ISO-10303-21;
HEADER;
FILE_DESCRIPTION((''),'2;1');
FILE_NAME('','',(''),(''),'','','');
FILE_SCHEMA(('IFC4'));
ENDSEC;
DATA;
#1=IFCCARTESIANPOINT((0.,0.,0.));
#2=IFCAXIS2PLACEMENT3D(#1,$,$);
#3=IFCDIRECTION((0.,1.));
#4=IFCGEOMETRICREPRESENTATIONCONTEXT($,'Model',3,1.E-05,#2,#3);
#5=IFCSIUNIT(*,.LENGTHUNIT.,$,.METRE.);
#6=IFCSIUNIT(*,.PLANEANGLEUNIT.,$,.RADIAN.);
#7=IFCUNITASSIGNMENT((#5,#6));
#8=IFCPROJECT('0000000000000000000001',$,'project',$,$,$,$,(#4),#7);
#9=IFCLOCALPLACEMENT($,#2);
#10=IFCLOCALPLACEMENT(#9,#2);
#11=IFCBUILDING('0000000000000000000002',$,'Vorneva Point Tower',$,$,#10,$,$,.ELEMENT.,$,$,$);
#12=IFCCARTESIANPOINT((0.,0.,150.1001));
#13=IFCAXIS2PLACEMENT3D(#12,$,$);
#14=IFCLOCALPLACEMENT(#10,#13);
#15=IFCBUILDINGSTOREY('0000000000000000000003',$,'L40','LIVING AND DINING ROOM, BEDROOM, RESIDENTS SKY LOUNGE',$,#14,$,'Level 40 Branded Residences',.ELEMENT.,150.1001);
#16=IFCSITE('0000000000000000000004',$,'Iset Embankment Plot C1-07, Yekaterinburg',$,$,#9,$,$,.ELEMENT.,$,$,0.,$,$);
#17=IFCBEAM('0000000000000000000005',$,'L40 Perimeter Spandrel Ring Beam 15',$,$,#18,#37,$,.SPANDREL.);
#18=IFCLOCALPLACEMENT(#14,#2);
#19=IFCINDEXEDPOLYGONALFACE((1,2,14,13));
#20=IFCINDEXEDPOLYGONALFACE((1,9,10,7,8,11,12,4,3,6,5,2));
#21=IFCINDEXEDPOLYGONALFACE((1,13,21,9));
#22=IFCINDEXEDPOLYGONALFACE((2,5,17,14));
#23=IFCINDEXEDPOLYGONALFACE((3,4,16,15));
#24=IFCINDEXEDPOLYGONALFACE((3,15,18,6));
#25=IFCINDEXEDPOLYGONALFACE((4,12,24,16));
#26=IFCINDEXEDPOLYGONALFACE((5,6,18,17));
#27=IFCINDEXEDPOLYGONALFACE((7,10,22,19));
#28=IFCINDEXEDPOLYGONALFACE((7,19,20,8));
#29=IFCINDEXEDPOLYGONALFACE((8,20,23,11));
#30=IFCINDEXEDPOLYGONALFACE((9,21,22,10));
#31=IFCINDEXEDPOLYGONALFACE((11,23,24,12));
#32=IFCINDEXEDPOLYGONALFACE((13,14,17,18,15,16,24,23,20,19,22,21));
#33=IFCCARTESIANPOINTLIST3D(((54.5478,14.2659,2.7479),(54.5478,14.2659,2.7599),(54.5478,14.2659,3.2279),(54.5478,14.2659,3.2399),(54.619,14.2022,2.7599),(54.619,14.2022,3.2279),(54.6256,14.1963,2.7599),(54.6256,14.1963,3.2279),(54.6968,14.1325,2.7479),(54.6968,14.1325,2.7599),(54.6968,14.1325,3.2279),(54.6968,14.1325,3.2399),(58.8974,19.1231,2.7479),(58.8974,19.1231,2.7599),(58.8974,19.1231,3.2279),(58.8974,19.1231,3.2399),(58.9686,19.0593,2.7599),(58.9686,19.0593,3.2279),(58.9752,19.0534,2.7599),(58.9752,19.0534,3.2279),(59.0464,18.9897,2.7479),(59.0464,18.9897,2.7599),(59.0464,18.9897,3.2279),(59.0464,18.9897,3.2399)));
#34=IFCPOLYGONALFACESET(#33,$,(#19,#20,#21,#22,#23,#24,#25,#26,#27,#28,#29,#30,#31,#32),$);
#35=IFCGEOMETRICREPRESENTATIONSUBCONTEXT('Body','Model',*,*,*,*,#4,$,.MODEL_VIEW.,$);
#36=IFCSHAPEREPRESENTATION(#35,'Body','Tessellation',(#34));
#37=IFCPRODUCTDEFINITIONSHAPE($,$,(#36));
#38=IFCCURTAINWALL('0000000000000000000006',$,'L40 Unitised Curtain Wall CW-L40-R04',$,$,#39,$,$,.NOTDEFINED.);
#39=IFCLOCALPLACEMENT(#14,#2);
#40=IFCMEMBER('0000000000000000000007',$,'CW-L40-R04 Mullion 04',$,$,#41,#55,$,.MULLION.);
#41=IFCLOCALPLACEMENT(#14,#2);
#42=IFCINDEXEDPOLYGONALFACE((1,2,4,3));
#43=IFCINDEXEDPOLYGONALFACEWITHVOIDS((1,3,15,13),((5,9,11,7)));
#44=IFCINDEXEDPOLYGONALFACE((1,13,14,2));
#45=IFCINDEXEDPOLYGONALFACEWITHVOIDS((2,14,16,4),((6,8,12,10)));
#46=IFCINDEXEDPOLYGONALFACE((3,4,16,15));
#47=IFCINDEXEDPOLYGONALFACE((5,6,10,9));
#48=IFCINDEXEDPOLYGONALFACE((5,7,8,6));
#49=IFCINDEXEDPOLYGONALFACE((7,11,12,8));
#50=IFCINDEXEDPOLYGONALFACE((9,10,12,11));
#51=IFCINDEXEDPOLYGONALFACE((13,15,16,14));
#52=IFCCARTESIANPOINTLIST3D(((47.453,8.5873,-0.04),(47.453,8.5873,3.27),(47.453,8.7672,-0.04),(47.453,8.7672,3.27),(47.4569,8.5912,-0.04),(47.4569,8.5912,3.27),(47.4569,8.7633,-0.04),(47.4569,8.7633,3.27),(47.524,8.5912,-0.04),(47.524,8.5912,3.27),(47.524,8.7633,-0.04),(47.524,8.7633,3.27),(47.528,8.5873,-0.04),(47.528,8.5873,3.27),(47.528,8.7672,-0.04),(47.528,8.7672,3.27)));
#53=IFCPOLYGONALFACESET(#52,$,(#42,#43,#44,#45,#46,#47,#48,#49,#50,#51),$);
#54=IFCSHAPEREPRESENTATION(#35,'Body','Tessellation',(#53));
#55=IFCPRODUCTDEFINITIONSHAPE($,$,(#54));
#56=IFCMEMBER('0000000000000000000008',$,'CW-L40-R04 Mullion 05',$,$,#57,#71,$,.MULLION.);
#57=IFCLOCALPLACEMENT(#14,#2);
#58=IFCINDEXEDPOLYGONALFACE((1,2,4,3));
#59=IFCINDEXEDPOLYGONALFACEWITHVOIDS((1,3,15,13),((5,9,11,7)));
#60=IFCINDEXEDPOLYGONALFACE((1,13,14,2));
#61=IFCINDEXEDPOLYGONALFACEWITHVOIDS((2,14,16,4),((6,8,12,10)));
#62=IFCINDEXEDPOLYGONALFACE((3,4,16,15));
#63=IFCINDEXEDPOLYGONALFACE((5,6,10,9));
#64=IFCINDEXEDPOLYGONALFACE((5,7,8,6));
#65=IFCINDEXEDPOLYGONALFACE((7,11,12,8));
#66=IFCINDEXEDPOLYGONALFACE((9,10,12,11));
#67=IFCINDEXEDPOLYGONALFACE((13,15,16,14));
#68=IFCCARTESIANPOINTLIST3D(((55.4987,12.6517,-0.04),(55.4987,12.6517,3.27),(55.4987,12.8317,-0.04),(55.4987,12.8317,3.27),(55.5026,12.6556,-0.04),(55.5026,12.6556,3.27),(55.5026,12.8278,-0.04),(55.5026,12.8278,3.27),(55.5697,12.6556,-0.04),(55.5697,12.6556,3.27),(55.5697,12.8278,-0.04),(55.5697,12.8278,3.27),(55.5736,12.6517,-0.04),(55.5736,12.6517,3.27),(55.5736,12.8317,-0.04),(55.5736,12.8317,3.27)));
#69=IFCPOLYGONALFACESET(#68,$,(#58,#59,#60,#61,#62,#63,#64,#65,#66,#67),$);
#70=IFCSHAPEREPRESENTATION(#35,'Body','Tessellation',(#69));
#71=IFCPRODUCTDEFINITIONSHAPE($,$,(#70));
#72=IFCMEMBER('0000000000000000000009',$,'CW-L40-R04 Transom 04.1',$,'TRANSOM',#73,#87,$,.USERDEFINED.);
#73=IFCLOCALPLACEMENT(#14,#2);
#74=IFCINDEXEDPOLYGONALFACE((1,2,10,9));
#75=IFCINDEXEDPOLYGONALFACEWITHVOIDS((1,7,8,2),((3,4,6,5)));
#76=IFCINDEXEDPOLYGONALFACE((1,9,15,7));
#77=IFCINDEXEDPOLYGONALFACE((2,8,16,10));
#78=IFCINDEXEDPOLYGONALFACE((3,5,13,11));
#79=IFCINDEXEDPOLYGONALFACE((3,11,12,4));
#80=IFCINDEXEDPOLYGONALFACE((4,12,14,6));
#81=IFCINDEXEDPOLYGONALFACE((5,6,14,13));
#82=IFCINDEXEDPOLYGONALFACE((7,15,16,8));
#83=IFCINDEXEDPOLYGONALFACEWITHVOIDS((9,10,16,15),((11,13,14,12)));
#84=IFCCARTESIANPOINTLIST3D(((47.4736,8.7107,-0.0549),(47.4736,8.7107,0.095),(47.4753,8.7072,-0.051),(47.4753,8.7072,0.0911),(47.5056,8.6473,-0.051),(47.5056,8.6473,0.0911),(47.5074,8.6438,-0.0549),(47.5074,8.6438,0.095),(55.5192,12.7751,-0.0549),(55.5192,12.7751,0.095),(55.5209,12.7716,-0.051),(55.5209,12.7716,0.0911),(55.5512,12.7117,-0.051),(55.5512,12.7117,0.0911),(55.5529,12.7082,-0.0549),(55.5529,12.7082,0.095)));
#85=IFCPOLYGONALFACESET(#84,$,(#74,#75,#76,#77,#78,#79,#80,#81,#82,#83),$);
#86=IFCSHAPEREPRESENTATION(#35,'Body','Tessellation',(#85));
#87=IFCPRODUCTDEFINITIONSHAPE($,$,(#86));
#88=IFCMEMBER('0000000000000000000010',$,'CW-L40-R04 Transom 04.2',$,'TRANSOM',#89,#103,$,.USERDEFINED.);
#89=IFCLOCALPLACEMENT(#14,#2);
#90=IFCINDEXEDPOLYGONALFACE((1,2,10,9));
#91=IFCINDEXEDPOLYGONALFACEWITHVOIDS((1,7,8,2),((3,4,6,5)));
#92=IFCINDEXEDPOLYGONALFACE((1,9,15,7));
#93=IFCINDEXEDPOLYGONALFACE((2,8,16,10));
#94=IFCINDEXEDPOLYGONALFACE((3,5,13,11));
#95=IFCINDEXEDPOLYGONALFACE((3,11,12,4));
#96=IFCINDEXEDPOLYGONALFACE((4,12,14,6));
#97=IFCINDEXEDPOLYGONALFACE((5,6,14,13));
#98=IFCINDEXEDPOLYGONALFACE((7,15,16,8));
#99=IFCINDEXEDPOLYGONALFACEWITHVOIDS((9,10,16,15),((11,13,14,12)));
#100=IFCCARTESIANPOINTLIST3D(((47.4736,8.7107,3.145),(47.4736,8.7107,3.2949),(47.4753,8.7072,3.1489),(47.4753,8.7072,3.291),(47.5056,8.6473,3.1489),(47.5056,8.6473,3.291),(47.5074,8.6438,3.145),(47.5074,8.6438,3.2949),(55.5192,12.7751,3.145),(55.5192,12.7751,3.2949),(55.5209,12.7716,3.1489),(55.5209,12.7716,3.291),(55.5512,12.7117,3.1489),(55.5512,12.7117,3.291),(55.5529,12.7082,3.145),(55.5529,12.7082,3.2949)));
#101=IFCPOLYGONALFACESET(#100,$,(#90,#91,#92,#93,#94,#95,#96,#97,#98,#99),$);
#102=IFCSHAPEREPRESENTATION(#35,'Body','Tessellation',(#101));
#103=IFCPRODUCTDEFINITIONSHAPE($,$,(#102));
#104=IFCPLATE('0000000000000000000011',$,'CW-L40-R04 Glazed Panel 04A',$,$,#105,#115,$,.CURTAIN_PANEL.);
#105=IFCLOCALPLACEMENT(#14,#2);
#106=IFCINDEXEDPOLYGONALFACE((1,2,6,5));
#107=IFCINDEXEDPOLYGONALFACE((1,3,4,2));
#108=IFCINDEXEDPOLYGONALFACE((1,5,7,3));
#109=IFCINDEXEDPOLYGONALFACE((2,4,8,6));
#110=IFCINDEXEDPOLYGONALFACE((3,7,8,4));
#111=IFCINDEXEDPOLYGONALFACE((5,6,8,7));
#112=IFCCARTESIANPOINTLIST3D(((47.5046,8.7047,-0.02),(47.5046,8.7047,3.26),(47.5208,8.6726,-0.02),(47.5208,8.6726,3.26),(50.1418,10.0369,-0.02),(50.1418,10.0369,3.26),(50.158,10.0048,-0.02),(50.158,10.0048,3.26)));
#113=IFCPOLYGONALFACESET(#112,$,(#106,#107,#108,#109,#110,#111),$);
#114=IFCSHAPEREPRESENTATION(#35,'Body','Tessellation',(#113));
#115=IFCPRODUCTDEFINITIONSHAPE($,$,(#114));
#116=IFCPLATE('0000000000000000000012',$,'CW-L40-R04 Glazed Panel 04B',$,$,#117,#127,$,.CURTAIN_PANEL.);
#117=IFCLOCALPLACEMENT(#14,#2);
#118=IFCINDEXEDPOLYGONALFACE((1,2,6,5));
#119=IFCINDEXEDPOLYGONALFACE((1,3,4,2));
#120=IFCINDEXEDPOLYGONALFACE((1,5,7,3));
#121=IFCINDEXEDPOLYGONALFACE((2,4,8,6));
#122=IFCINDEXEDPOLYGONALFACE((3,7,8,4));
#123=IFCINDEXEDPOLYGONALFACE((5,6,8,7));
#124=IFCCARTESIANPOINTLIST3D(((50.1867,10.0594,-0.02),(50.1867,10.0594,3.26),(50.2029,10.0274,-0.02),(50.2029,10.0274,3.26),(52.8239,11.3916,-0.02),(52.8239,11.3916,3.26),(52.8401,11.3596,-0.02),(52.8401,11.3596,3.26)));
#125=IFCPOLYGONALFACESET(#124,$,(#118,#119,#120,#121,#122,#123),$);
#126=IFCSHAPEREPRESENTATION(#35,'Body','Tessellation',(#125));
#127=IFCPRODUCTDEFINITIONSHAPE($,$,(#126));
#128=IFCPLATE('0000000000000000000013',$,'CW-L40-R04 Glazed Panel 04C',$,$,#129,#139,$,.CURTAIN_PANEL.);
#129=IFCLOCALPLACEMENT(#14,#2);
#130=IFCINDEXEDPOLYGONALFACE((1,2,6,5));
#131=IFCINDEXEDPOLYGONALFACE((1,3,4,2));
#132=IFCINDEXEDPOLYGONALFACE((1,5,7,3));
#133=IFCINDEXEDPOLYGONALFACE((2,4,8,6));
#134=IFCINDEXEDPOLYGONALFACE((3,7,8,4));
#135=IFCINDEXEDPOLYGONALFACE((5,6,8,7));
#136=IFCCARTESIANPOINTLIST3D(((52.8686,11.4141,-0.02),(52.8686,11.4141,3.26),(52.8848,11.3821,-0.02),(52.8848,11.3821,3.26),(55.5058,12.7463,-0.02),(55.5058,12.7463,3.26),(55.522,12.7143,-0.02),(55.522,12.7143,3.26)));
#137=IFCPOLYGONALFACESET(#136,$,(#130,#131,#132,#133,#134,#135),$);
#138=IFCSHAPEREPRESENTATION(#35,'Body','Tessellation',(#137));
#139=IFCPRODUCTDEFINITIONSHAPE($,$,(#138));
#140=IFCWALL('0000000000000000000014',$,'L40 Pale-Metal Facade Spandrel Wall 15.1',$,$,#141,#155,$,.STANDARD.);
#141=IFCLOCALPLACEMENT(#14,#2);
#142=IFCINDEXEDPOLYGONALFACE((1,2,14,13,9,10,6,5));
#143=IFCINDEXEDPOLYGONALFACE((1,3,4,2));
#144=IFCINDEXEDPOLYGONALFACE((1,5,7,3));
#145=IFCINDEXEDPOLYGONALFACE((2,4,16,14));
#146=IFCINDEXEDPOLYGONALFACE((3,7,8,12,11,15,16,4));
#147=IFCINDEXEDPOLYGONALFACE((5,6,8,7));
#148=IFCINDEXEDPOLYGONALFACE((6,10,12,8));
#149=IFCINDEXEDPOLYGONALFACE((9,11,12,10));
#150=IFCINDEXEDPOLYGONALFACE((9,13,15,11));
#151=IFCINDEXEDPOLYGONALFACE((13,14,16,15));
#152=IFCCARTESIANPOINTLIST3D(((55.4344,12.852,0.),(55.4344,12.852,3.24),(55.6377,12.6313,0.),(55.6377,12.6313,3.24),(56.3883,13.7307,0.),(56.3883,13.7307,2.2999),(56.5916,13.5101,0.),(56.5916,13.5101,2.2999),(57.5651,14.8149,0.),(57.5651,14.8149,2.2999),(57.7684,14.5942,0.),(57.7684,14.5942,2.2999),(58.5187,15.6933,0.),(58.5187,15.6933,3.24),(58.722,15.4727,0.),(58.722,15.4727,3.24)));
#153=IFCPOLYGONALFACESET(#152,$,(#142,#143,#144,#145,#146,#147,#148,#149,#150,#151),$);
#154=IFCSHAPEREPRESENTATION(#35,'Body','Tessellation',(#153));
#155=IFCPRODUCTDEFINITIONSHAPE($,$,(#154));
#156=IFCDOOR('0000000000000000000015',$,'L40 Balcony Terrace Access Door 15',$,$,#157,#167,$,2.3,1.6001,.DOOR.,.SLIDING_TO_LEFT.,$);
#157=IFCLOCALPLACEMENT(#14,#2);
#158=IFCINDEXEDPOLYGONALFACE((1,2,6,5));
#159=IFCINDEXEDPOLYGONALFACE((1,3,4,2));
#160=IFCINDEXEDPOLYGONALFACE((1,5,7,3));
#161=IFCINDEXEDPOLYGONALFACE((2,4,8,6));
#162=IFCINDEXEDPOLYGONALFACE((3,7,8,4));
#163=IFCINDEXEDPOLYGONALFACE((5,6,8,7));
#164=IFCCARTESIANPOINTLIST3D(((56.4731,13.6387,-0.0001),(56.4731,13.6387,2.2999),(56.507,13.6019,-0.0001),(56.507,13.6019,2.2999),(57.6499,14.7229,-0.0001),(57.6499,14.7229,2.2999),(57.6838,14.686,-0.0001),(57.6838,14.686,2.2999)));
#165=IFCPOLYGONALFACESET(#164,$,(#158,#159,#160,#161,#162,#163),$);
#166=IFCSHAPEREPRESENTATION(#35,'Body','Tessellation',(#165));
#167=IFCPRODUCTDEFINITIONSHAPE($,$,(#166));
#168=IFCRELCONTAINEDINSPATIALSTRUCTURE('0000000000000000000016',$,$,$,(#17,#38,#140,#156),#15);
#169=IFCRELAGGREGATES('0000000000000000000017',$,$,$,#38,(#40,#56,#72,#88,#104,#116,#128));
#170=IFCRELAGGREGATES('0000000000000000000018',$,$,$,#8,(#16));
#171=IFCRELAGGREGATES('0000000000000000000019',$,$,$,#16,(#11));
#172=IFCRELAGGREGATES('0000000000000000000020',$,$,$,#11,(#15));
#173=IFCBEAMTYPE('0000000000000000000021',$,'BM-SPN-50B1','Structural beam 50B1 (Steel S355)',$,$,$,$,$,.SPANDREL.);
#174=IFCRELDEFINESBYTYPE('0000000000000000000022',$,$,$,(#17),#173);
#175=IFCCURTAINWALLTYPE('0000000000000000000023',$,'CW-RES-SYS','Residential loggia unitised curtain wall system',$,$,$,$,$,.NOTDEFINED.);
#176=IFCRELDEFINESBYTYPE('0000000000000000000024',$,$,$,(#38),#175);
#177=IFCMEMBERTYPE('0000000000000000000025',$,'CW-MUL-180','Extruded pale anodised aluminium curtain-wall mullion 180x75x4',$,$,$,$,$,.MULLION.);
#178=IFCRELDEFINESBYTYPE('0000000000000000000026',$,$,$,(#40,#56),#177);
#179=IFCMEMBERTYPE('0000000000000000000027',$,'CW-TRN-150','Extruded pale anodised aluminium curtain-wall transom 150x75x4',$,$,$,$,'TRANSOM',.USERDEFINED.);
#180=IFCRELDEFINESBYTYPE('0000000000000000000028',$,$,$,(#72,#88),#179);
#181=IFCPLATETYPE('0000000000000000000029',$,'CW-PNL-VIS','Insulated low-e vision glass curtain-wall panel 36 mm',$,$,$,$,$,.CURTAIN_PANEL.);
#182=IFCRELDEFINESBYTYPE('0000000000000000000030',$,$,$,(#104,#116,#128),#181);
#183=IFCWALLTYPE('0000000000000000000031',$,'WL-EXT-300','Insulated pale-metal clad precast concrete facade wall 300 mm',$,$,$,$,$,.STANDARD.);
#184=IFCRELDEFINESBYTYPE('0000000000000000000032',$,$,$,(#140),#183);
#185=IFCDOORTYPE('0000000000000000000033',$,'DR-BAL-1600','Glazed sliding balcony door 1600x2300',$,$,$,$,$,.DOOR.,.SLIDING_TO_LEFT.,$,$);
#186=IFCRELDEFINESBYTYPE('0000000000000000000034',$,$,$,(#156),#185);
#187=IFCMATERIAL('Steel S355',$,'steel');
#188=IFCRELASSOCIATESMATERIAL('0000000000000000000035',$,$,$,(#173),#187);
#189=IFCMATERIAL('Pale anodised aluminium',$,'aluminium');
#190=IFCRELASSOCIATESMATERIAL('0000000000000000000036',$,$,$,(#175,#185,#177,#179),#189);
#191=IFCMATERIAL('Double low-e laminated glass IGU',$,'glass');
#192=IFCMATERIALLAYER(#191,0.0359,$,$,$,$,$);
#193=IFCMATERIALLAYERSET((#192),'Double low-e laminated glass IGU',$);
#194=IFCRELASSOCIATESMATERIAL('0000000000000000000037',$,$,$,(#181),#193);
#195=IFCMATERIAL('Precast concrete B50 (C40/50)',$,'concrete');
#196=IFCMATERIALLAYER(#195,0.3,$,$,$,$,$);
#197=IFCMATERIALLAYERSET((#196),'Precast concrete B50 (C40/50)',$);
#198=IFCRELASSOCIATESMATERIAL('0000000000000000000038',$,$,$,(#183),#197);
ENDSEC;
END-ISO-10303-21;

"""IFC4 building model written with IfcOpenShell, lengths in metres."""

from ifc_helpers import new_model, si_unit, direction, frame, frame_2d, origin, origin_2d, place, context, subcontext, project, spatial, rectangle, hollow_rectangle, i_section, extrude, material, layer, layer_set, material_profile, profile_set, type_object, element, fill, aggregate, save


model = new_model("IFC4")

# Units and contexts
model_context = context("Model", 3, precision=1e-05, world=origin(), true_north=direction((0.0, 1.0)))
body_context = subcontext(model_context, "Body", "Model", "MODEL_VIEW")
ifc_project = project(units=[si_unit("LENGTHUNIT", "METRE"), si_unit("PLANEANGLEUNIT", "RADIAN")], contexts=[model_context])

# Site, building, storey
site_placement = place(None, origin())
site = spatial("IfcSite", under=ifc_project, at=site_placement, Name="Iset Embankment Plot C1-07, Yekaterinburg", CompositionType="ELEMENT", RefElevation=0.0)
building_placement = place(site_placement, origin())
building = spatial("IfcBuilding", under=site, at=building_placement, Name="Vorneva Point Tower", CompositionType="ELEMENT")
storey_placement = place(building_placement, frame((0.0, 0.0, 150.1001)))
storey = spatial("IfcBuildingStorey", under=building, at=storey_placement, Name="L40", Description="LIVING AND DINING ROOM, BEDROOM, RESIDENTS SKY LOUNGE", LongName="Level 40 Branded Residences", CompositionType="ELEMENT", Elevation=150.1001)

# Beam
ifc_material_1 = material(Name="Steel S355", Category="steel")
ifc_material_profile_1 = material_profile(ifc_material_1, i_section(OverallWidth=0.2, OverallDepth=0.4919, WebThickness=0.0088, FlangeThickness=0.012, at=origin_2d()), Name="50B1")
ifc_profile_set_1 = profile_set([ifc_material_profile_1], Name="Steel S355")
beam_type_1 = type_object("IfcBeamType", Name="BM-SPN-50B1", Description="Structural beam 50B1 (Steel S355)", PredefinedType="SPANDREL", material=ifc_profile_set_1)
beam_1_placement = place(storey_placement, frame((54.6223, 14.1992, 2.9939), z_axis=(0.667111, 0.744958, 0.0), x_axis=(-0.744958, 0.667111, 0.0)))
element("IfcBeam", 1, at=beam_1_placement, inside=storey, type_object=beam_type_1, Name="L40 Perimeter Spandrel Ring Beam 15", PredefinedType="SPANDREL", context=body_context, shape_type="SweptSolid", body=[
    extrude(i_section(OverallWidth=0.2, OverallDepth=0.4919, WebThickness=0.0088, FlangeThickness=0.012, at=origin_2d()), origin(), (0.0, 0.0, 1.0), 6.52),
])

# Curtain wall, members, plates
ifc_material_2 = material(Name="Pale anodised aluminium", Category="aluminium")
curtain_wall_type = type_object("IfcCurtainWallType", Name="CW-RES-SYS", Description="Residential loggia unitised curtain wall system", PredefinedType="NOTDEFINED", material=ifc_material_2)
curtain_wall_placement = place(storey_placement, origin())
curtain_wall = element("IfcCurtainWall", 2, at=curtain_wall_placement, inside=storey, type_object=curtain_wall_type, Name="L40 Unitised Curtain Wall CW-L40-R04", PredefinedType="NOTDEFINED")
ifc_material_profile_2 = material_profile(ifc_material_2, hollow_rectangle(XDim=0.075, YDim=0.1799, WallThickness=0.0039, at=origin_2d()), Name="AL-MUL 180x75x4")
ifc_profile_set_2 = profile_set([ifc_material_profile_2], Name="Pale anodised aluminium")
member_type_1 = type_object("IfcMemberType", Name="CW-MUL-180", Description="Extruded pale anodised aluminium curtain-wall mullion 180x75x4", PredefinedType="MULLION", material=ifc_profile_set_2)
member_1_placement = place(storey_placement, frame((47.4905, 8.6772, -0.04), z_axis=(0.0, 0.0, 1.0), x_axis=(1.0, 0.0, 0.0)))
member_1 = element("IfcMember", 3, at=member_1_placement, type_object=member_type_1, Name="CW-L40-R04 Mullion 04", PredefinedType="MULLION", context=body_context, shape_type="SweptSolid", body=[
    extrude(hollow_rectangle(XDim=0.075, YDim=0.1799, WallThickness=0.0039, at=origin_2d()), origin(), (0.0, 0.0, 1.0), 3.3101),
])
member_2_placement = place(storey_placement, frame((55.5361, 12.7417, -0.04), z_axis=(0.0, 0.0, 1.0), x_axis=(1.0, 0.0, 0.0)))
member_2 = element("IfcMember", 4, at=member_2_placement, type_object=member_type_1, Name="CW-L40-R04 Mullion 05", PredefinedType="MULLION", context=body_context, shape_type="SweptSolid", body=[
    extrude(hollow_rectangle(XDim=0.075, YDim=0.1799, WallThickness=0.0039, at=origin_2d()), origin(), (0.0, 0.0, 1.0), 3.3101),
])
ifc_material_profile_3 = material_profile(ifc_material_2, hollow_rectangle(XDim=0.075, YDim=0.1499, WallThickness=0.0039, at=origin_2d()), Name="AL-TRN 150x75x4")
ifc_profile_set_3 = profile_set([ifc_material_profile_3], Name="Pale anodised aluminium")
member_type_2 = type_object("IfcMemberType", Name="CW-TRN-150", Description="Extruded pale anodised aluminium curtain-wall transom 150x75x4", ElementType="TRANSOM", PredefinedType="USERDEFINED", material=ifc_profile_set_3)
member_3_placement = place(storey_placement, frame((47.4905, 8.6772, 0.02), z_axis=(0.892572, 0.450904, 0.0), x_axis=(-0.450904, 0.892572, 0.0)))
member_3 = element("IfcMember", 5, at=member_3_placement, type_object=member_type_2, Name="CW-L40-R04 Transom 04.1", ObjectType="TRANSOM", PredefinedType="USERDEFINED", context=body_context, shape_type="SweptSolid", body=[
    extrude(hollow_rectangle(XDim=0.075, YDim=0.1499, WallThickness=0.0039, at=origin_2d()), origin(), (0.0, 0.0, 1.0), 9.0139),
])
member_4_placement = place(storey_placement, frame((47.4905, 8.6772, 3.22), z_axis=(0.892572, 0.450904, 0.0), x_axis=(-0.450904, 0.892572, 0.0)))
member_4 = element("IfcMember", 6, at=member_4_placement, type_object=member_type_2, Name="CW-L40-R04 Transom 04.2", ObjectType="TRANSOM", PredefinedType="USERDEFINED", context=body_context, shape_type="SweptSolid", body=[
    extrude(hollow_rectangle(XDim=0.075, YDim=0.1499, WallThickness=0.0039, at=origin_2d()), origin(), (0.0, 0.0, 1.0), 9.0139),
])
ifc_material_3 = material(Name="Double low-e laminated glass IGU", Category="glass")
ifc_layer_1 = layer(ifc_material_3, 0.0359)
ifc_layer_set_1 = layer_set([ifc_layer_1], Name="Double low-e laminated glass IGU")
plate_type = type_object("IfcPlateType", Name="CW-PNL-VIS", Description="Insulated low-e vision glass curtain-wall panel 36 mm", PredefinedType="CURTAIN_PANEL", material=ifc_layer_set_1)
plate_1_placement = place(storey_placement, frame((48.8313, 9.3547, -0.02), z_axis=(0.0, 0.0, 1.0), x_axis=(0.892578, 0.450893, 0.0)))
plate_1 = element("IfcPlate", 7, at=plate_1_placement, type_object=plate_type, Name="CW-L40-R04 Glazed Panel 04A", PredefinedType="CURTAIN_PANEL", context=body_context, shape_type="SweptSolid", body=[
    extrude(rectangle(XDim=2.9546, YDim=0.0359, at=origin_2d()), origin(), (0.0, 0.0, 1.0), 3.28),
])
plate_2_placement = place(storey_placement, frame((51.5134, 10.7095, -0.02), z_axis=(0.0, 0.0, 1.0), x_axis=(0.892578, 0.450893, 0.0)))
plate_2 = element("IfcPlate", 8, at=plate_2_placement, type_object=plate_type, Name="CW-L40-R04 Glazed Panel 04B", PredefinedType="CURTAIN_PANEL", context=body_context, shape_type="SweptSolid", body=[
    extrude(rectangle(XDim=2.9546, YDim=0.0359, at=origin_2d()), origin(), (0.0, 0.0, 1.0), 3.28),
])
plate_3_placement = place(storey_placement, frame((54.1953, 12.0642, -0.02), z_axis=(0.0, 0.0, 1.0), x_axis=(0.892578, 0.450893, 0.0)))
plate_3 = element("IfcPlate", 9, at=plate_3_placement, type_object=plate_type, Name="CW-L40-R04 Glazed Panel 04C", PredefinedType="CURTAIN_PANEL", context=body_context, shape_type="SweptSolid", body=[
    extrude(rectangle(XDim=2.9546, YDim=0.0359, at=origin_2d()), origin(), (0.0, 0.0, 1.0), 3.28),
])
aggregate(curtain_wall, [member_1, member_2, member_3, member_4, plate_1, plate_2, plate_3])

# Wall, opening, door
ifc_material_4 = material(Name="Precast concrete B50 (C40/50)", Category="concrete")
ifc_layer_2 = layer(ifc_material_4, 0.3)
ifc_layer_set_2 = layer_set([ifc_layer_2], Name="Precast concrete B50 (C40/50)")
wall_type_1 = type_object("IfcWallType", Name="WL-EXT-300", Description="Insulated pale-metal clad precast concrete facade wall 300 mm", PredefinedType="STANDARD", material=ifc_layer_set_2)
wall_1_placement = place(storey_placement, frame((55.5361, 12.7417, 0.0), z_axis=(0.0, 0.0, 1.0), x_axis=(0.735477, 0.67755, 0.0)))
wall_1 = element("IfcWall", 10, at=wall_1_placement, inside=storey, type_object=wall_type_1, Name="L40 Pale-Metal Facade Spandrel Wall 15.1", PredefinedType="STANDARD", context=body_context, shape_type="SweptSolid", body=[
    extrude(rectangle(XDim=4.1936, YDim=0.3, at=frame_2d((2.0967, 0.0))), origin(), (0.0, 0.0, 1.0), 3.24),
])
opening_1_placement = place(wall_1_placement, frame((1.2969, 0.0, 0.0)))
opening_1 = element("IfcOpeningElement", 11, at=opening_1_placement, cuts=wall_1, PredefinedType="OPENING", context=body_context, shape_type="SweptSolid", body=[
    extrude(rectangle(XDim=1.6001, YDim=2.3, at=frame_2d((0.8, 1.1499))), frame((0.0, 0.165, 0.0), z_axis=(0.0, -1.0, 0.0), x_axis=(1.0, 0.0, 0.0)), (0.0, 0.0, 1.0), 0.3298),
])
door_type_1 = type_object("IfcDoorType", Name="DR-BAL-1600", Description="Glazed sliding balcony door 1600x2300", OperationType="SLIDING_TO_LEFT", PredefinedType="DOOR", material=ifc_material_2)
door_1_placement = place(opening_1_placement, origin())
door_1 = element("IfcDoor", 12, at=door_1_placement, inside=storey, type_object=door_type_1, Name="L40 Balcony Terrace Access Door 15", OperationType="SLIDING_TO_LEFT", OverallHeight=2.3, OverallWidth=1.6001, PredefinedType="DOOR", context=body_context, shape_type="SweptSolid", body=[
    extrude(rectangle(XDim=1.6001, YDim=2.3, at=frame_2d((0.8, 1.1499))), frame((0.0, 0.0249, 0.0), z_axis=(0.0, -1.0, 0.0), x_axis=(1.0, 0.0, 0.0)), (0.0, 0.0, 1.0), 0.05),
])
fill(opening_1, door_1)

save(model, "model.ifc")
